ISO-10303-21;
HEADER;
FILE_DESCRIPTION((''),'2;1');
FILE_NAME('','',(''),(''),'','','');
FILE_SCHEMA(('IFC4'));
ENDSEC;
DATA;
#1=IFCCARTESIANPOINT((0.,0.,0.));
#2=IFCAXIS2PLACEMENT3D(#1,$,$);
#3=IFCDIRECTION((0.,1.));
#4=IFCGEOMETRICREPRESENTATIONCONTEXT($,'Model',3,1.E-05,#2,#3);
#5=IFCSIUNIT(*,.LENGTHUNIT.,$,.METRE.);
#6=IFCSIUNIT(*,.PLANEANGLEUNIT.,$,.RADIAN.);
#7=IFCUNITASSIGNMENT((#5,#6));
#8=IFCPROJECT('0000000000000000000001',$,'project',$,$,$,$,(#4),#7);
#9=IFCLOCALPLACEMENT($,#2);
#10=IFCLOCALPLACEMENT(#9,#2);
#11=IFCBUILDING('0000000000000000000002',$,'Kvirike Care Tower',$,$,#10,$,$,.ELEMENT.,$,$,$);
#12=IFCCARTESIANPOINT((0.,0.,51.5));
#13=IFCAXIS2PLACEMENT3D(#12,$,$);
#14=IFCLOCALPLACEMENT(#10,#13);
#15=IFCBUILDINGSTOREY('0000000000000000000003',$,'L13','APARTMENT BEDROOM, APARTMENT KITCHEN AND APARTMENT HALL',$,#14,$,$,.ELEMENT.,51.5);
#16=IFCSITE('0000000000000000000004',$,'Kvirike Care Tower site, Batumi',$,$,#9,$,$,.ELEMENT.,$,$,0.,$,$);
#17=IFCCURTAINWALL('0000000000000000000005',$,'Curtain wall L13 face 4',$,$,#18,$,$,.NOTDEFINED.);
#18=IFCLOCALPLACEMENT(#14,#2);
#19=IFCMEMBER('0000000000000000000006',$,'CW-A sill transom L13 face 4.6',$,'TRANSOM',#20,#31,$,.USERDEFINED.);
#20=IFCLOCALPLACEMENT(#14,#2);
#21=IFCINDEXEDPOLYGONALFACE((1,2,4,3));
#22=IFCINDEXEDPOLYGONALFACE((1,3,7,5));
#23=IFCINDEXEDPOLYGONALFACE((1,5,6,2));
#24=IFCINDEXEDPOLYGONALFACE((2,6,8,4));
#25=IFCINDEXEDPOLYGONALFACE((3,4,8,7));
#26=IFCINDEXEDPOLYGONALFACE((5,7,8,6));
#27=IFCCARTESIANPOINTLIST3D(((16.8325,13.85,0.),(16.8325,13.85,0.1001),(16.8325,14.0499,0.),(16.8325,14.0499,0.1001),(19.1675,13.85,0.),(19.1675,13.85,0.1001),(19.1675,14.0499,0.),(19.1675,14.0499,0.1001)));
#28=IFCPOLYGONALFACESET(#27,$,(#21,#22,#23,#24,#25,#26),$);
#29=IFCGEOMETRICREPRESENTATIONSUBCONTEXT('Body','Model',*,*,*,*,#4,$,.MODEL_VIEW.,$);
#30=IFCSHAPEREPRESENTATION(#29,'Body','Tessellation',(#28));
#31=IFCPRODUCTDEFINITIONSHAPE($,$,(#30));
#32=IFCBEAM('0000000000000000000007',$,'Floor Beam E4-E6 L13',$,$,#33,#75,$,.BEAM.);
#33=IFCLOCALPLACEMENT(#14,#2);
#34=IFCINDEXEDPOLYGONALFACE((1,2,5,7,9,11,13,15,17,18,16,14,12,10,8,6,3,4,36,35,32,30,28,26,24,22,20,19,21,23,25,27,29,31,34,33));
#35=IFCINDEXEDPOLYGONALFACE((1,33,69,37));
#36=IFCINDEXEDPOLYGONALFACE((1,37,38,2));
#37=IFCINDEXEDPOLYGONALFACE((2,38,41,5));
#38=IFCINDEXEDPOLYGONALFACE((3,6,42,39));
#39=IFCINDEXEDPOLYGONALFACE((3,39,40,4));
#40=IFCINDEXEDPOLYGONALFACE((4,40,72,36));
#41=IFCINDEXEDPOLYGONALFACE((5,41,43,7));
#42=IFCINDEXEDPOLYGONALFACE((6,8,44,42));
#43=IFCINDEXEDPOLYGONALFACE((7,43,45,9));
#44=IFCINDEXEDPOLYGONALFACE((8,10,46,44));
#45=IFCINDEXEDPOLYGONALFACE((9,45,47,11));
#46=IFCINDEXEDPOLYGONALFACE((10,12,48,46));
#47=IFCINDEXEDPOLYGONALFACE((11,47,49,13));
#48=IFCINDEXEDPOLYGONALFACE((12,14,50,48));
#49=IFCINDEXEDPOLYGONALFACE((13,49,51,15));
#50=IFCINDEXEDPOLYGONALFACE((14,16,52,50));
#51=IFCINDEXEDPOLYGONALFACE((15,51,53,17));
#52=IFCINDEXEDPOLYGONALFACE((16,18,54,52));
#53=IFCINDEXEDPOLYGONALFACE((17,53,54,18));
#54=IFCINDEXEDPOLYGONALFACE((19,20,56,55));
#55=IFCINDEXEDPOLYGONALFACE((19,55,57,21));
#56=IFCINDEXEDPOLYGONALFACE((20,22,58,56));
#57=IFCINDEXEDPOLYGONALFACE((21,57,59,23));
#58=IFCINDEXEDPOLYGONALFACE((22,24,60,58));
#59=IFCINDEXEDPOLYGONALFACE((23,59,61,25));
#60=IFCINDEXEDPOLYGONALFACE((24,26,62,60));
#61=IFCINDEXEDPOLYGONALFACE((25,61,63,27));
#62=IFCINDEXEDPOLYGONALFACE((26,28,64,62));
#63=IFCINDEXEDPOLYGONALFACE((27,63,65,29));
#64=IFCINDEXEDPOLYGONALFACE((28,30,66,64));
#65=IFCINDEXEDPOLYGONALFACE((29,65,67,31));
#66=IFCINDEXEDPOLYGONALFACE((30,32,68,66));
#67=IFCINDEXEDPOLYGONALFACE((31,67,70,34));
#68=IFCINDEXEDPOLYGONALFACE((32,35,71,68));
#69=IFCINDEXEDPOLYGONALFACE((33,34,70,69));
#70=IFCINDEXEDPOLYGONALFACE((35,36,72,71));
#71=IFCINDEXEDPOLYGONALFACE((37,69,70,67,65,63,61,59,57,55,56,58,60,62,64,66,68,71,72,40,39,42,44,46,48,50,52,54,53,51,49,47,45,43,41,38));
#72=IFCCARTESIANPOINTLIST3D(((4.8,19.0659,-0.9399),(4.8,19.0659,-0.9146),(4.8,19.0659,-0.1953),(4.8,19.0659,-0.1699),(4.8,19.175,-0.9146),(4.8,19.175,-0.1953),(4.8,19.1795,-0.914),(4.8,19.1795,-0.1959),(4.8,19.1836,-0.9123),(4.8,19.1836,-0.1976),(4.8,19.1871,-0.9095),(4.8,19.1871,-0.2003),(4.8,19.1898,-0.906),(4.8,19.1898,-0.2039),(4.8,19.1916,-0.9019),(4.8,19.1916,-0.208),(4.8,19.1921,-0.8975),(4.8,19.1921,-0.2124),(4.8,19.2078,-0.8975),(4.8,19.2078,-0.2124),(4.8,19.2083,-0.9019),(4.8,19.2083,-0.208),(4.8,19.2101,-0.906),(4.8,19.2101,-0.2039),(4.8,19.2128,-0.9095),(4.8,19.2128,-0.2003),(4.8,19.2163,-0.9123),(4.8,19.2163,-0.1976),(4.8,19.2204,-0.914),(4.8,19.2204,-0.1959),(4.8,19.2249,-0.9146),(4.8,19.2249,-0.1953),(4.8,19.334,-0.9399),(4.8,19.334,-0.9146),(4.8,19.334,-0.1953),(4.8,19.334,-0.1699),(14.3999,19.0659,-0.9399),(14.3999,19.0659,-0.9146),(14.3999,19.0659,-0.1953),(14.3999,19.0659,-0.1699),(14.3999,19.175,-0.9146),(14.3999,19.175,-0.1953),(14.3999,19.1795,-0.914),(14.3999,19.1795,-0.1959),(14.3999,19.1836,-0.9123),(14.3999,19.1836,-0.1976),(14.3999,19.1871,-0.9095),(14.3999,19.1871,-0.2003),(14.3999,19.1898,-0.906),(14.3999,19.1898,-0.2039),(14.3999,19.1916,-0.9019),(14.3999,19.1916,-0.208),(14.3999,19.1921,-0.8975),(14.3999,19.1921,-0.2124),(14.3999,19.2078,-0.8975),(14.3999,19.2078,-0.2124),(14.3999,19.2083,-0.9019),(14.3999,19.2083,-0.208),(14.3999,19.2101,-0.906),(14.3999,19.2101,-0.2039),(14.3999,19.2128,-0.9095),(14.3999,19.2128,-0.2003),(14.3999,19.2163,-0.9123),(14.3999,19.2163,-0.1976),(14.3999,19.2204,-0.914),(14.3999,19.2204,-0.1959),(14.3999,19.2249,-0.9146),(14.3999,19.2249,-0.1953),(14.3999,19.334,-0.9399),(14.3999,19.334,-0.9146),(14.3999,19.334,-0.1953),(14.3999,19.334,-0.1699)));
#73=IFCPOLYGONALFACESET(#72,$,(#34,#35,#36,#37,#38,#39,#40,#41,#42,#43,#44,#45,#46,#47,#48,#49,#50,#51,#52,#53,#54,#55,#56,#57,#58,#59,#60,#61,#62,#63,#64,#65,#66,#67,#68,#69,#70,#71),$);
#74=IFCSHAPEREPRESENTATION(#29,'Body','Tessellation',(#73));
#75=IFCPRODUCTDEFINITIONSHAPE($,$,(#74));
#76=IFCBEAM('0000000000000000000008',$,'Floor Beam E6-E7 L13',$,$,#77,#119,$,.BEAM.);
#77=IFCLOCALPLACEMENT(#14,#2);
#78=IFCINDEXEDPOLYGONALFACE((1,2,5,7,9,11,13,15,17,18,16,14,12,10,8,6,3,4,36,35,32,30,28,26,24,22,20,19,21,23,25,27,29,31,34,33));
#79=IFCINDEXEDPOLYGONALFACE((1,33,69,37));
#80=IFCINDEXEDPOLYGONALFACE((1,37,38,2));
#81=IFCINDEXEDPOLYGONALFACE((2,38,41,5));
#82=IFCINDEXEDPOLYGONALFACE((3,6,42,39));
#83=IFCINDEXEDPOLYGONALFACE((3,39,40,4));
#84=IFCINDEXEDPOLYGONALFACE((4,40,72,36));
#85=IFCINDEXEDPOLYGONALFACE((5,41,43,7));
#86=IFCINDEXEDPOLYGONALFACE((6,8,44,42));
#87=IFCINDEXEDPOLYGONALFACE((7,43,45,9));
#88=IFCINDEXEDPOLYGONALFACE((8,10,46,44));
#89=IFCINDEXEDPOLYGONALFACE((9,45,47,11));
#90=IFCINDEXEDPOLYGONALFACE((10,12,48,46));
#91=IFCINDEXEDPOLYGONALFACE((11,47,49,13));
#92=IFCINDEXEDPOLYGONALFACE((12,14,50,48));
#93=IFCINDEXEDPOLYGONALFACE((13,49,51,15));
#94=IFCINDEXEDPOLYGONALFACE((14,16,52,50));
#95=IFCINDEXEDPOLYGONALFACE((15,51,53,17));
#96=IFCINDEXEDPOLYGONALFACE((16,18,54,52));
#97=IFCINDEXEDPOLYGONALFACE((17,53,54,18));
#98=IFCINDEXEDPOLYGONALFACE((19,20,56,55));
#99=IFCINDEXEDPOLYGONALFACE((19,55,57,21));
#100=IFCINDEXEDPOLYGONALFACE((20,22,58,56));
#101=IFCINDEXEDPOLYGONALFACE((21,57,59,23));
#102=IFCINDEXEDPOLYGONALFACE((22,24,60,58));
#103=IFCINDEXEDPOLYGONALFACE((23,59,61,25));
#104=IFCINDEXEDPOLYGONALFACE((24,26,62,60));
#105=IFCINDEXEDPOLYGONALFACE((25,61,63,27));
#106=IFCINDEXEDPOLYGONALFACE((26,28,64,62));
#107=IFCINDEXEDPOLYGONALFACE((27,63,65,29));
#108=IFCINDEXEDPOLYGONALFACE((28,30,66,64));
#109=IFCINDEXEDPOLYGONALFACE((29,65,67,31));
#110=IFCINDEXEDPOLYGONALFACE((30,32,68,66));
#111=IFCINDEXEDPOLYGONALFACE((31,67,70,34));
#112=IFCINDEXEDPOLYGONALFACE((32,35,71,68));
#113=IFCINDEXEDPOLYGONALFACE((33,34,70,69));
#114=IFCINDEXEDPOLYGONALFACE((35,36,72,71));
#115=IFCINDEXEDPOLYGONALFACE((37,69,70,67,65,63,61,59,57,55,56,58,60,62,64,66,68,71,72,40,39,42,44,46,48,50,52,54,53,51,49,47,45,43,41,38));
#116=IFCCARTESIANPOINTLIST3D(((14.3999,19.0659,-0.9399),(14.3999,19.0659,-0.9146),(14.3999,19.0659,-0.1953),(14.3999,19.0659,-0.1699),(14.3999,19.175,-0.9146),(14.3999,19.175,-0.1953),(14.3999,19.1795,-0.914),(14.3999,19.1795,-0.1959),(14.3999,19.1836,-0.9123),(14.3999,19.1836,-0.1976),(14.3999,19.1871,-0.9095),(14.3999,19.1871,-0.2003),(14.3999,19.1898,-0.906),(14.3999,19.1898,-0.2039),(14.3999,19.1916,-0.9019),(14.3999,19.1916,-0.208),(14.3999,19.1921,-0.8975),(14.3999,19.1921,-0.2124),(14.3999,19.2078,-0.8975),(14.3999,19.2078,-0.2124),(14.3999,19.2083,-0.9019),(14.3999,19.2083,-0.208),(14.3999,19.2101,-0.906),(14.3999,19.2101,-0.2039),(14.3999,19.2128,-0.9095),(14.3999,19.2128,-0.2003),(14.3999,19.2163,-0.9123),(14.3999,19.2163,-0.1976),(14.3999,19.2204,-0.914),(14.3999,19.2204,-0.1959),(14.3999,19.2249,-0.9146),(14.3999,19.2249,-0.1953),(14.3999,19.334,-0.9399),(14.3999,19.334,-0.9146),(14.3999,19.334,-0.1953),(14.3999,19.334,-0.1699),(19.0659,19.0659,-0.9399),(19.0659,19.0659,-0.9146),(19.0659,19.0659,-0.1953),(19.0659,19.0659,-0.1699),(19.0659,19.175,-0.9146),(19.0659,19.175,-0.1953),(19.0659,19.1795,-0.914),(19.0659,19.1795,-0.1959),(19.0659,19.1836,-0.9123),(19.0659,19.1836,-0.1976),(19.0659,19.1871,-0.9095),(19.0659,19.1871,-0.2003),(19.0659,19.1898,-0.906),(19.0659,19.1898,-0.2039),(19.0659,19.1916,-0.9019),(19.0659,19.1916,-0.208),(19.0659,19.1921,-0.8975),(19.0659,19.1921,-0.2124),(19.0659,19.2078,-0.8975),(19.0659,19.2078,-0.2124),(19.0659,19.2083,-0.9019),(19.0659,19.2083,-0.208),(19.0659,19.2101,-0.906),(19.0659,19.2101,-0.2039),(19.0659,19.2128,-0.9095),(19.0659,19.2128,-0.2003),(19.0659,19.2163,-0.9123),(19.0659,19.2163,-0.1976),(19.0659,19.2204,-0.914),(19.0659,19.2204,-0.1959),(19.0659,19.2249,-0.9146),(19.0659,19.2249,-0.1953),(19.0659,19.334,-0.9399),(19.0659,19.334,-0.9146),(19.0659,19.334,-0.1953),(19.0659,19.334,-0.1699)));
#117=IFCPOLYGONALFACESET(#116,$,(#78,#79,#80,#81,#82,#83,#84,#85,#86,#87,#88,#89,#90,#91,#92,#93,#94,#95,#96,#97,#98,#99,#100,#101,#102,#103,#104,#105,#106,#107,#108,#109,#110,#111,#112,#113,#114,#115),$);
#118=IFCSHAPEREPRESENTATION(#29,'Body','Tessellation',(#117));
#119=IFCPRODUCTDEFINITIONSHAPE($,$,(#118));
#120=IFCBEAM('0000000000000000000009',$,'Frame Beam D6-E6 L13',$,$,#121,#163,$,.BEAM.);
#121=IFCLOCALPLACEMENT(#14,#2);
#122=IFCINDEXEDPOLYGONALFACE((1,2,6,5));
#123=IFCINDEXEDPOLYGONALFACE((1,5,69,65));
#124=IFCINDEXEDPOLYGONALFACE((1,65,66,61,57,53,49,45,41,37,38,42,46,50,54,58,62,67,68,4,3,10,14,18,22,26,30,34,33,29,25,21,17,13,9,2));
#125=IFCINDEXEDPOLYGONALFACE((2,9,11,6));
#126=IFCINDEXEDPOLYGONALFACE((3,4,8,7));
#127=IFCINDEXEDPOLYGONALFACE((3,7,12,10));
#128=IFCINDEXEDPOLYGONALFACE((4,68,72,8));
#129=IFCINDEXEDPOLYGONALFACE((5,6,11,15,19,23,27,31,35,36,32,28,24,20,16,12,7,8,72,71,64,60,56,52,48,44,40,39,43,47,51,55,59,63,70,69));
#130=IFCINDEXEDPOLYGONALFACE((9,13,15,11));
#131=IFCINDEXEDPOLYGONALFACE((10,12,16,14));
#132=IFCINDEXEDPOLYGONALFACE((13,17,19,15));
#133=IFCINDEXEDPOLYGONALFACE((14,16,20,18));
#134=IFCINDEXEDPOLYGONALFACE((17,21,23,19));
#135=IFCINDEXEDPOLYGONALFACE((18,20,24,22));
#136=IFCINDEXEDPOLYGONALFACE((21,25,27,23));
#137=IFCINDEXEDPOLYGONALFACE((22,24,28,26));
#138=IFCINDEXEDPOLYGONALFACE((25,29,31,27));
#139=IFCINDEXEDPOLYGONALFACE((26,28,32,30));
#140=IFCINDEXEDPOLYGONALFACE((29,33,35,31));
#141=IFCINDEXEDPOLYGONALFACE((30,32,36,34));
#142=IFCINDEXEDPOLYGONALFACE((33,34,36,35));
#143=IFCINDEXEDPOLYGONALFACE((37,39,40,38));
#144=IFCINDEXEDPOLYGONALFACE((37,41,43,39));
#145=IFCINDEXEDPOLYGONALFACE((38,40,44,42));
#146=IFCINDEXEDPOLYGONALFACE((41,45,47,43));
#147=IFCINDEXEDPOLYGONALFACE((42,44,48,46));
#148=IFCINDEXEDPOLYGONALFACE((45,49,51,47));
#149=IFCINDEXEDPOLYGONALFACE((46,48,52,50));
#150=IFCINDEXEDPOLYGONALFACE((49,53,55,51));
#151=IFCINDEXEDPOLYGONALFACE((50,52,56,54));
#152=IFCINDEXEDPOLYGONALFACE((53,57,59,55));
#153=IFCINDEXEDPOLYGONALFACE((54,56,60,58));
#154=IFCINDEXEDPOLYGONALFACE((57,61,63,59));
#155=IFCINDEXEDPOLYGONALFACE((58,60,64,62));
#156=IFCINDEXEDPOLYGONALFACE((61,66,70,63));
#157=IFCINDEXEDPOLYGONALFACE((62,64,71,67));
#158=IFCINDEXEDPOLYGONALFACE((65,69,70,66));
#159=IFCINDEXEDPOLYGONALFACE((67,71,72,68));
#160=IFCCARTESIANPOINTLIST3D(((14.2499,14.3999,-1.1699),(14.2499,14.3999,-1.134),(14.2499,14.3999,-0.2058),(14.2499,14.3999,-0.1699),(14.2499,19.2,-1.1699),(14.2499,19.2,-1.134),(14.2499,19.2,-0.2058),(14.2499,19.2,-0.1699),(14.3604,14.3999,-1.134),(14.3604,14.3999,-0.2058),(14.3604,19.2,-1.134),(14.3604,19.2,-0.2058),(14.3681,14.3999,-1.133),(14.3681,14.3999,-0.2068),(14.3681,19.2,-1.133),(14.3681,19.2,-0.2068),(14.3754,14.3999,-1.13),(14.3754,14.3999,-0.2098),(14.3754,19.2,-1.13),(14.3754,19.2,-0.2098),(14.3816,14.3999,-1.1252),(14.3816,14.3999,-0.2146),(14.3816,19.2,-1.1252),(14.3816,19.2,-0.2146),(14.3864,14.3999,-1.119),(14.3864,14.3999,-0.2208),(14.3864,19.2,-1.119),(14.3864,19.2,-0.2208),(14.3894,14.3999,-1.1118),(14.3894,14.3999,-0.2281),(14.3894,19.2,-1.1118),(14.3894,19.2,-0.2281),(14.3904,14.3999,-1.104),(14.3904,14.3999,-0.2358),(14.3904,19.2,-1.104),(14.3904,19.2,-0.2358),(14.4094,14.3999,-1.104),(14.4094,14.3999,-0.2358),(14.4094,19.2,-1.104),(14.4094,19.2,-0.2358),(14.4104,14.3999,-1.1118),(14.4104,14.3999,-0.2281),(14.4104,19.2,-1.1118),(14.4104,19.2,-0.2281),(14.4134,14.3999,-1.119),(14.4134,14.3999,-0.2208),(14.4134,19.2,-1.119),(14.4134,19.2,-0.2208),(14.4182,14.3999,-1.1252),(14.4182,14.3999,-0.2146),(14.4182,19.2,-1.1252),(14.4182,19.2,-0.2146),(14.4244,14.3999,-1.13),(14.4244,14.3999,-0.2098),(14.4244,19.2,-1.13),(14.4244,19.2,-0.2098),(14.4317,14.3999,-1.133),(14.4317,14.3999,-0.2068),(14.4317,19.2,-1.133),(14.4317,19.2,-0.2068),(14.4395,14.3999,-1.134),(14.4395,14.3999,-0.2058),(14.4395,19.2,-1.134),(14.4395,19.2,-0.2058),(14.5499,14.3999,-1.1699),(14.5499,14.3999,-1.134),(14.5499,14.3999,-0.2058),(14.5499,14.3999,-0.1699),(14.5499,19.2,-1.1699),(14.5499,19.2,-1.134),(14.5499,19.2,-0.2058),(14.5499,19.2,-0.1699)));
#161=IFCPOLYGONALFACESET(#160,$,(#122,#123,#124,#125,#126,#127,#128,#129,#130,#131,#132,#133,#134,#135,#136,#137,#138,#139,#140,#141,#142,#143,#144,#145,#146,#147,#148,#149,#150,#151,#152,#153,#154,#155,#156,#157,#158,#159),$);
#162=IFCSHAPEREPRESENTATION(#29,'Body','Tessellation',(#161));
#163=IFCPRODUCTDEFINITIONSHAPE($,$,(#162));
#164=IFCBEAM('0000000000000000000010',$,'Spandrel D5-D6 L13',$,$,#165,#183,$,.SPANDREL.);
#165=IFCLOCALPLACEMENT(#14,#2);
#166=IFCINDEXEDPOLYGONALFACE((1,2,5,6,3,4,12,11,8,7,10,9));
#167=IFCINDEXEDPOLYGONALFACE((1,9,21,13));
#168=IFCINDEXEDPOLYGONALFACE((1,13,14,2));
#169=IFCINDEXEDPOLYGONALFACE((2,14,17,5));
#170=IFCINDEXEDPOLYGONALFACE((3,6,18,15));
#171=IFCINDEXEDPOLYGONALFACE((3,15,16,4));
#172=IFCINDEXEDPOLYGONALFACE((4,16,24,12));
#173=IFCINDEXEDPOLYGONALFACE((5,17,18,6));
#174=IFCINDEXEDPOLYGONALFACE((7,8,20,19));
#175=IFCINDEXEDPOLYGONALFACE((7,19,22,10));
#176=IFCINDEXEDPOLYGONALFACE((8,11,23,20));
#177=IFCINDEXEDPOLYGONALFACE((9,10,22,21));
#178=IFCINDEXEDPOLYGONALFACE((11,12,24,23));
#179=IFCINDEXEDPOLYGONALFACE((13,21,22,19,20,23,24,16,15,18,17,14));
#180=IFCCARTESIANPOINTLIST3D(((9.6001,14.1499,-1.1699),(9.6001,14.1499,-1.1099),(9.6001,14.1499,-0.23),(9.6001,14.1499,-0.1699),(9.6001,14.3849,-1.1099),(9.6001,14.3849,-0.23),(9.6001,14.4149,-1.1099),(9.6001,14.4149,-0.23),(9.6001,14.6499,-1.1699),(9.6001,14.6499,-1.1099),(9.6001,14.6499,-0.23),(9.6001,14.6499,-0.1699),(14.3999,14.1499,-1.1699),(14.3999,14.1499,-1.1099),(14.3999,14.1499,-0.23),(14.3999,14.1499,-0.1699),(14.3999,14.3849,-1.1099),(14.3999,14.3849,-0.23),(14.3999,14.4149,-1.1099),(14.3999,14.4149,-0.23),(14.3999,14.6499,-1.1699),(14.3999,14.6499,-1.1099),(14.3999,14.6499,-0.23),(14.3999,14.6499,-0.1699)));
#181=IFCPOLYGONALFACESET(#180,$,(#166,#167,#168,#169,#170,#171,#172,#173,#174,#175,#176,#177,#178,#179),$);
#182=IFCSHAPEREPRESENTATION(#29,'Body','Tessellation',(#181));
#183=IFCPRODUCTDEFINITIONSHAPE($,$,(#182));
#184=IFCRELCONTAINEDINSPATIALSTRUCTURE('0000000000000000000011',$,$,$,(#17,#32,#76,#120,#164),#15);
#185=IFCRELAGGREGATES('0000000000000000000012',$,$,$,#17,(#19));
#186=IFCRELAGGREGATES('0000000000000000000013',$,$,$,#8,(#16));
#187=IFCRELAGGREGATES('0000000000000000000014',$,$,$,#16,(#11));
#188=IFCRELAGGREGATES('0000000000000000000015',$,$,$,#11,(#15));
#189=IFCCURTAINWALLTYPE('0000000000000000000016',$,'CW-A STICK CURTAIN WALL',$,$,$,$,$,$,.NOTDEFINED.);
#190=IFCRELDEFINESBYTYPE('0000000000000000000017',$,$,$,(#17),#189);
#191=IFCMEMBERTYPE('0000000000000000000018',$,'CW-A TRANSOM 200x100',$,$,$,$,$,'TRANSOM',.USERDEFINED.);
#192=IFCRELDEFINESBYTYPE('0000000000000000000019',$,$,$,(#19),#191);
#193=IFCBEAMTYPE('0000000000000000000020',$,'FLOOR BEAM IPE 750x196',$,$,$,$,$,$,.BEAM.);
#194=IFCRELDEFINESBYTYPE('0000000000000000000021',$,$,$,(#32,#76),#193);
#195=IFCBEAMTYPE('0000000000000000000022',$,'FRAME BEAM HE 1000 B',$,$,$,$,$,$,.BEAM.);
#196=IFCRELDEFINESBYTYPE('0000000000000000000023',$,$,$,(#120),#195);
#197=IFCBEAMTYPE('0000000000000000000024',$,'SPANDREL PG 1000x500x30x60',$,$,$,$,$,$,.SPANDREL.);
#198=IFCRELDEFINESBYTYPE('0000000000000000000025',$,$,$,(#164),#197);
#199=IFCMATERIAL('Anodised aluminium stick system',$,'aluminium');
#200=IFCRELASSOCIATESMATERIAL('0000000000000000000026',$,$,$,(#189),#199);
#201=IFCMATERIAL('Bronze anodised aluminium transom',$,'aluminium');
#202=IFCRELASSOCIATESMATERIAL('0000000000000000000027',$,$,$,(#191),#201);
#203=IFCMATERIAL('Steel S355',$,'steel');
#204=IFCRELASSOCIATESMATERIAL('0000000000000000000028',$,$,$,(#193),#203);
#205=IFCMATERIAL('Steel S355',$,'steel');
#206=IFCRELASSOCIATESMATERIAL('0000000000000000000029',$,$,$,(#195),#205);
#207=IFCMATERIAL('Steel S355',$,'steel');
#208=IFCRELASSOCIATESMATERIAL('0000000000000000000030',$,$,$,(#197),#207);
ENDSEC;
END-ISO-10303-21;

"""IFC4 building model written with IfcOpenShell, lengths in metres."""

from ifc_helpers import new_model, si_unit, direction, frame, origin, origin_2d, place, context, subcontext, project, spatial, rectangle, i_section, extrude, material, material_profile, profile_set, type_object, element, aggregate, save


model = new_model("IFC4")

# Units and contexts
model_context = context("Model", 3, precision=1e-05, world=origin(), true_north=direction((0.0, 1.0)))
body_context = subcontext(model_context, "Body", "Model", "MODEL_VIEW")
ifc_project = project(units=[si_unit("LENGTHUNIT", "METRE"), si_unit("PLANEANGLEUNIT", "RADIAN")], contexts=[model_context])

# Site, building, storey
site_placement = place(None, origin())
site = spatial("IfcSite", under=ifc_project, at=site_placement, Name="Kvirike Care Tower site, Batumi", CompositionType="ELEMENT", RefElevation=0.0)
building_placement = place(site_placement, origin())
building = spatial("IfcBuilding", under=site, at=building_placement, Name="Kvirike Care Tower", CompositionType="ELEMENT")
storey_placement = place(building_placement, frame((0.0, 0.0, 51.5)))
storey = spatial("IfcBuildingStorey", under=building, at=storey_placement, Name="L13", Description="APARTMENT BEDROOM, APARTMENT KITCHEN AND APARTMENT HALL", CompositionType="ELEMENT", Elevation=51.5)

# Curtain wall, member
ifc_material_1 = material(Name="Anodised aluminium stick system", Category="aluminium")
curtain_wall_type = type_object("IfcCurtainWallType", Name="CW-A STICK CURTAIN WALL", PredefinedType="NOTDEFINED", material=ifc_material_1)
curtain_wall_placement = place(storey_placement, origin())
curtain_wall = element("IfcCurtainWall", 1, at=curtain_wall_placement, inside=storey, type_object=curtain_wall_type, Name="Curtain wall L13 face 4", PredefinedType="NOTDEFINED")
ifc_material_2 = material(Name="Bronze anodised aluminium transom", Category="aluminium")
ifc_material_profile_1 = material_profile(ifc_material_2, rectangle(XDim=0.2, YDim=0.1001, at=origin_2d()), Name="CW-A TRANSOM 200x100")
ifc_profile_set_1 = profile_set([ifc_material_profile_1], Name="Bronze anodised aluminium transom")
member_type_1 = type_object("IfcMemberType", Name="CW-A TRANSOM 200x100", ElementType="TRANSOM", PredefinedType="USERDEFINED", material=ifc_profile_set_1)
member_1_placement = place(storey_placement, frame((16.8325, 13.95, 0.05), z_axis=(1.0, 0.0, 0.0), x_axis=(0.0, 1.0, 0.0)))
member_1 = element("IfcMember", 2, at=member_1_placement, type_object=member_type_1, Name="CW-A sill transom L13 face 4.6", ObjectType="TRANSOM", PredefinedType="USERDEFINED", context=body_context, shape_type="SweptSolid", body=[
    extrude(rectangle(XDim=0.2, YDim=0.1001, at=origin_2d()), origin(), (0.0, 0.0, 1.0), 2.335),
])

# Beams
ifc_material_3 = material(Name="Steel S355", Category="steel")
ifc_material_profile_2 = material_profile(ifc_material_3, i_section(OverallWidth=0.2681, OverallDepth=0.77, WebThickness=0.0156, FlangeThickness=0.0254, FilletRadius=0.0171, at=origin_2d()), Name="IPE 750x196")
ifc_profile_set_2 = profile_set([ifc_material_profile_2], Name="Steel S355")
beam_type_1 = type_object("IfcBeamType", Name="FLOOR BEAM IPE 750x196", PredefinedType="BEAM", material=ifc_profile_set_2)
beam_1_placement = place(storey_placement, frame((4.8, 19.2, -0.5549), z_axis=(1.0, 0.0, 0.0), x_axis=(0.0, 1.0, 0.0)))
element("IfcBeam", 3, at=beam_1_placement, inside=storey, type_object=beam_type_1, Name="Floor Beam E4-E6 L13", PredefinedType="BEAM", context=body_context, shape_type="SweptSolid", body=[
    extrude(i_section(OverallWidth=0.2681, OverallDepth=0.77, WebThickness=0.0156, FlangeThickness=0.0254, FilletRadius=0.0171, at=origin_2d()), origin(), (0.0, 0.0, 1.0), 9.5999),
])
beam_2_placement = place(storey_placement, frame((14.3999, 19.2, -0.5549), z_axis=(1.0, 0.0, 0.0), x_axis=(0.0, 1.0, 0.0)))
element("IfcBeam", 4, at=beam_2_placement, inside=storey, type_object=beam_type_1, Name="Floor Beam E6-E7 L13", PredefinedType="BEAM", context=body_context, shape_type="SweptSolid", body=[
    extrude(i_section(OverallWidth=0.2681, OverallDepth=0.77, WebThickness=0.0156, FlangeThickness=0.0254, FilletRadius=0.0171, at=origin_2d()), origin(), (0.0, 0.0, 1.0), 4.666),
])
ifc_material_4 = material(Name="Steel S355", Category="steel")
ifc_material_profile_3 = material_profile(ifc_material_4, i_section(OverallWidth=0.3, OverallDepth=1.0, WebThickness=0.019, FlangeThickness=0.0359, FilletRadius=0.03, at=origin_2d()), Name="HE 1000 B")
ifc_profile_set_3 = profile_set([ifc_material_profile_3], Name="Steel S355")
beam_type_2 = type_object("IfcBeamType", Name="FRAME BEAM HE 1000 B", PredefinedType="BEAM", material=ifc_profile_set_3)
beam_3_placement = place(storey_placement, frame((14.3999, 14.3999, -0.6699), z_axis=(0.0, 1.0, 0.0), x_axis=(-1.0, 0.0, 0.0)))
element("IfcBeam", 5, at=beam_3_placement, inside=storey, type_object=beam_type_2, Name="Frame Beam D6-E6 L13", PredefinedType="BEAM", context=body_context, shape_type="SweptSolid", body=[
    extrude(i_section(OverallWidth=0.3, OverallDepth=1.0, WebThickness=0.019, FlangeThickness=0.0359, FilletRadius=0.03, at=origin_2d()), origin(), (0.0, 0.0, 1.0), 4.8),
])
ifc_material_5 = material(Name="Steel S355", Category="steel")
ifc_material_profile_4 = material_profile(ifc_material_5, i_section(OverallWidth=0.5, OverallDepth=1.0, WebThickness=0.03, FlangeThickness=0.0601, at=origin_2d()), Name="PG 1000x500x30x60")
ifc_profile_set_4 = profile_set([ifc_material_profile_4], Name="Steel S355")
beam_type_3 = type_object("IfcBeamType", Name="SPANDREL PG 1000x500x30x60", PredefinedType="SPANDREL", material=ifc_profile_set_4)
beam_4_placement = place(storey_placement, frame((9.6001, 14.3999, -0.6699), z_axis=(1.0, 0.0, 0.0), x_axis=(0.0, 1.0, 0.0)))
element("IfcBeam", 6, at=beam_4_placement, inside=storey, type_object=beam_type_3, Name="Spandrel D5-D6 L13", PredefinedType="SPANDREL", context=body_context, shape_type="SweptSolid", body=[
    extrude(i_section(OverallWidth=0.5, OverallDepth=1.0, WebThickness=0.03, FlangeThickness=0.0601, at=origin_2d()), origin(), (0.0, 0.0, 1.0), 4.7998),
])

aggregate(curtain_wall, [member_1])

save(model, "model.ifc")
